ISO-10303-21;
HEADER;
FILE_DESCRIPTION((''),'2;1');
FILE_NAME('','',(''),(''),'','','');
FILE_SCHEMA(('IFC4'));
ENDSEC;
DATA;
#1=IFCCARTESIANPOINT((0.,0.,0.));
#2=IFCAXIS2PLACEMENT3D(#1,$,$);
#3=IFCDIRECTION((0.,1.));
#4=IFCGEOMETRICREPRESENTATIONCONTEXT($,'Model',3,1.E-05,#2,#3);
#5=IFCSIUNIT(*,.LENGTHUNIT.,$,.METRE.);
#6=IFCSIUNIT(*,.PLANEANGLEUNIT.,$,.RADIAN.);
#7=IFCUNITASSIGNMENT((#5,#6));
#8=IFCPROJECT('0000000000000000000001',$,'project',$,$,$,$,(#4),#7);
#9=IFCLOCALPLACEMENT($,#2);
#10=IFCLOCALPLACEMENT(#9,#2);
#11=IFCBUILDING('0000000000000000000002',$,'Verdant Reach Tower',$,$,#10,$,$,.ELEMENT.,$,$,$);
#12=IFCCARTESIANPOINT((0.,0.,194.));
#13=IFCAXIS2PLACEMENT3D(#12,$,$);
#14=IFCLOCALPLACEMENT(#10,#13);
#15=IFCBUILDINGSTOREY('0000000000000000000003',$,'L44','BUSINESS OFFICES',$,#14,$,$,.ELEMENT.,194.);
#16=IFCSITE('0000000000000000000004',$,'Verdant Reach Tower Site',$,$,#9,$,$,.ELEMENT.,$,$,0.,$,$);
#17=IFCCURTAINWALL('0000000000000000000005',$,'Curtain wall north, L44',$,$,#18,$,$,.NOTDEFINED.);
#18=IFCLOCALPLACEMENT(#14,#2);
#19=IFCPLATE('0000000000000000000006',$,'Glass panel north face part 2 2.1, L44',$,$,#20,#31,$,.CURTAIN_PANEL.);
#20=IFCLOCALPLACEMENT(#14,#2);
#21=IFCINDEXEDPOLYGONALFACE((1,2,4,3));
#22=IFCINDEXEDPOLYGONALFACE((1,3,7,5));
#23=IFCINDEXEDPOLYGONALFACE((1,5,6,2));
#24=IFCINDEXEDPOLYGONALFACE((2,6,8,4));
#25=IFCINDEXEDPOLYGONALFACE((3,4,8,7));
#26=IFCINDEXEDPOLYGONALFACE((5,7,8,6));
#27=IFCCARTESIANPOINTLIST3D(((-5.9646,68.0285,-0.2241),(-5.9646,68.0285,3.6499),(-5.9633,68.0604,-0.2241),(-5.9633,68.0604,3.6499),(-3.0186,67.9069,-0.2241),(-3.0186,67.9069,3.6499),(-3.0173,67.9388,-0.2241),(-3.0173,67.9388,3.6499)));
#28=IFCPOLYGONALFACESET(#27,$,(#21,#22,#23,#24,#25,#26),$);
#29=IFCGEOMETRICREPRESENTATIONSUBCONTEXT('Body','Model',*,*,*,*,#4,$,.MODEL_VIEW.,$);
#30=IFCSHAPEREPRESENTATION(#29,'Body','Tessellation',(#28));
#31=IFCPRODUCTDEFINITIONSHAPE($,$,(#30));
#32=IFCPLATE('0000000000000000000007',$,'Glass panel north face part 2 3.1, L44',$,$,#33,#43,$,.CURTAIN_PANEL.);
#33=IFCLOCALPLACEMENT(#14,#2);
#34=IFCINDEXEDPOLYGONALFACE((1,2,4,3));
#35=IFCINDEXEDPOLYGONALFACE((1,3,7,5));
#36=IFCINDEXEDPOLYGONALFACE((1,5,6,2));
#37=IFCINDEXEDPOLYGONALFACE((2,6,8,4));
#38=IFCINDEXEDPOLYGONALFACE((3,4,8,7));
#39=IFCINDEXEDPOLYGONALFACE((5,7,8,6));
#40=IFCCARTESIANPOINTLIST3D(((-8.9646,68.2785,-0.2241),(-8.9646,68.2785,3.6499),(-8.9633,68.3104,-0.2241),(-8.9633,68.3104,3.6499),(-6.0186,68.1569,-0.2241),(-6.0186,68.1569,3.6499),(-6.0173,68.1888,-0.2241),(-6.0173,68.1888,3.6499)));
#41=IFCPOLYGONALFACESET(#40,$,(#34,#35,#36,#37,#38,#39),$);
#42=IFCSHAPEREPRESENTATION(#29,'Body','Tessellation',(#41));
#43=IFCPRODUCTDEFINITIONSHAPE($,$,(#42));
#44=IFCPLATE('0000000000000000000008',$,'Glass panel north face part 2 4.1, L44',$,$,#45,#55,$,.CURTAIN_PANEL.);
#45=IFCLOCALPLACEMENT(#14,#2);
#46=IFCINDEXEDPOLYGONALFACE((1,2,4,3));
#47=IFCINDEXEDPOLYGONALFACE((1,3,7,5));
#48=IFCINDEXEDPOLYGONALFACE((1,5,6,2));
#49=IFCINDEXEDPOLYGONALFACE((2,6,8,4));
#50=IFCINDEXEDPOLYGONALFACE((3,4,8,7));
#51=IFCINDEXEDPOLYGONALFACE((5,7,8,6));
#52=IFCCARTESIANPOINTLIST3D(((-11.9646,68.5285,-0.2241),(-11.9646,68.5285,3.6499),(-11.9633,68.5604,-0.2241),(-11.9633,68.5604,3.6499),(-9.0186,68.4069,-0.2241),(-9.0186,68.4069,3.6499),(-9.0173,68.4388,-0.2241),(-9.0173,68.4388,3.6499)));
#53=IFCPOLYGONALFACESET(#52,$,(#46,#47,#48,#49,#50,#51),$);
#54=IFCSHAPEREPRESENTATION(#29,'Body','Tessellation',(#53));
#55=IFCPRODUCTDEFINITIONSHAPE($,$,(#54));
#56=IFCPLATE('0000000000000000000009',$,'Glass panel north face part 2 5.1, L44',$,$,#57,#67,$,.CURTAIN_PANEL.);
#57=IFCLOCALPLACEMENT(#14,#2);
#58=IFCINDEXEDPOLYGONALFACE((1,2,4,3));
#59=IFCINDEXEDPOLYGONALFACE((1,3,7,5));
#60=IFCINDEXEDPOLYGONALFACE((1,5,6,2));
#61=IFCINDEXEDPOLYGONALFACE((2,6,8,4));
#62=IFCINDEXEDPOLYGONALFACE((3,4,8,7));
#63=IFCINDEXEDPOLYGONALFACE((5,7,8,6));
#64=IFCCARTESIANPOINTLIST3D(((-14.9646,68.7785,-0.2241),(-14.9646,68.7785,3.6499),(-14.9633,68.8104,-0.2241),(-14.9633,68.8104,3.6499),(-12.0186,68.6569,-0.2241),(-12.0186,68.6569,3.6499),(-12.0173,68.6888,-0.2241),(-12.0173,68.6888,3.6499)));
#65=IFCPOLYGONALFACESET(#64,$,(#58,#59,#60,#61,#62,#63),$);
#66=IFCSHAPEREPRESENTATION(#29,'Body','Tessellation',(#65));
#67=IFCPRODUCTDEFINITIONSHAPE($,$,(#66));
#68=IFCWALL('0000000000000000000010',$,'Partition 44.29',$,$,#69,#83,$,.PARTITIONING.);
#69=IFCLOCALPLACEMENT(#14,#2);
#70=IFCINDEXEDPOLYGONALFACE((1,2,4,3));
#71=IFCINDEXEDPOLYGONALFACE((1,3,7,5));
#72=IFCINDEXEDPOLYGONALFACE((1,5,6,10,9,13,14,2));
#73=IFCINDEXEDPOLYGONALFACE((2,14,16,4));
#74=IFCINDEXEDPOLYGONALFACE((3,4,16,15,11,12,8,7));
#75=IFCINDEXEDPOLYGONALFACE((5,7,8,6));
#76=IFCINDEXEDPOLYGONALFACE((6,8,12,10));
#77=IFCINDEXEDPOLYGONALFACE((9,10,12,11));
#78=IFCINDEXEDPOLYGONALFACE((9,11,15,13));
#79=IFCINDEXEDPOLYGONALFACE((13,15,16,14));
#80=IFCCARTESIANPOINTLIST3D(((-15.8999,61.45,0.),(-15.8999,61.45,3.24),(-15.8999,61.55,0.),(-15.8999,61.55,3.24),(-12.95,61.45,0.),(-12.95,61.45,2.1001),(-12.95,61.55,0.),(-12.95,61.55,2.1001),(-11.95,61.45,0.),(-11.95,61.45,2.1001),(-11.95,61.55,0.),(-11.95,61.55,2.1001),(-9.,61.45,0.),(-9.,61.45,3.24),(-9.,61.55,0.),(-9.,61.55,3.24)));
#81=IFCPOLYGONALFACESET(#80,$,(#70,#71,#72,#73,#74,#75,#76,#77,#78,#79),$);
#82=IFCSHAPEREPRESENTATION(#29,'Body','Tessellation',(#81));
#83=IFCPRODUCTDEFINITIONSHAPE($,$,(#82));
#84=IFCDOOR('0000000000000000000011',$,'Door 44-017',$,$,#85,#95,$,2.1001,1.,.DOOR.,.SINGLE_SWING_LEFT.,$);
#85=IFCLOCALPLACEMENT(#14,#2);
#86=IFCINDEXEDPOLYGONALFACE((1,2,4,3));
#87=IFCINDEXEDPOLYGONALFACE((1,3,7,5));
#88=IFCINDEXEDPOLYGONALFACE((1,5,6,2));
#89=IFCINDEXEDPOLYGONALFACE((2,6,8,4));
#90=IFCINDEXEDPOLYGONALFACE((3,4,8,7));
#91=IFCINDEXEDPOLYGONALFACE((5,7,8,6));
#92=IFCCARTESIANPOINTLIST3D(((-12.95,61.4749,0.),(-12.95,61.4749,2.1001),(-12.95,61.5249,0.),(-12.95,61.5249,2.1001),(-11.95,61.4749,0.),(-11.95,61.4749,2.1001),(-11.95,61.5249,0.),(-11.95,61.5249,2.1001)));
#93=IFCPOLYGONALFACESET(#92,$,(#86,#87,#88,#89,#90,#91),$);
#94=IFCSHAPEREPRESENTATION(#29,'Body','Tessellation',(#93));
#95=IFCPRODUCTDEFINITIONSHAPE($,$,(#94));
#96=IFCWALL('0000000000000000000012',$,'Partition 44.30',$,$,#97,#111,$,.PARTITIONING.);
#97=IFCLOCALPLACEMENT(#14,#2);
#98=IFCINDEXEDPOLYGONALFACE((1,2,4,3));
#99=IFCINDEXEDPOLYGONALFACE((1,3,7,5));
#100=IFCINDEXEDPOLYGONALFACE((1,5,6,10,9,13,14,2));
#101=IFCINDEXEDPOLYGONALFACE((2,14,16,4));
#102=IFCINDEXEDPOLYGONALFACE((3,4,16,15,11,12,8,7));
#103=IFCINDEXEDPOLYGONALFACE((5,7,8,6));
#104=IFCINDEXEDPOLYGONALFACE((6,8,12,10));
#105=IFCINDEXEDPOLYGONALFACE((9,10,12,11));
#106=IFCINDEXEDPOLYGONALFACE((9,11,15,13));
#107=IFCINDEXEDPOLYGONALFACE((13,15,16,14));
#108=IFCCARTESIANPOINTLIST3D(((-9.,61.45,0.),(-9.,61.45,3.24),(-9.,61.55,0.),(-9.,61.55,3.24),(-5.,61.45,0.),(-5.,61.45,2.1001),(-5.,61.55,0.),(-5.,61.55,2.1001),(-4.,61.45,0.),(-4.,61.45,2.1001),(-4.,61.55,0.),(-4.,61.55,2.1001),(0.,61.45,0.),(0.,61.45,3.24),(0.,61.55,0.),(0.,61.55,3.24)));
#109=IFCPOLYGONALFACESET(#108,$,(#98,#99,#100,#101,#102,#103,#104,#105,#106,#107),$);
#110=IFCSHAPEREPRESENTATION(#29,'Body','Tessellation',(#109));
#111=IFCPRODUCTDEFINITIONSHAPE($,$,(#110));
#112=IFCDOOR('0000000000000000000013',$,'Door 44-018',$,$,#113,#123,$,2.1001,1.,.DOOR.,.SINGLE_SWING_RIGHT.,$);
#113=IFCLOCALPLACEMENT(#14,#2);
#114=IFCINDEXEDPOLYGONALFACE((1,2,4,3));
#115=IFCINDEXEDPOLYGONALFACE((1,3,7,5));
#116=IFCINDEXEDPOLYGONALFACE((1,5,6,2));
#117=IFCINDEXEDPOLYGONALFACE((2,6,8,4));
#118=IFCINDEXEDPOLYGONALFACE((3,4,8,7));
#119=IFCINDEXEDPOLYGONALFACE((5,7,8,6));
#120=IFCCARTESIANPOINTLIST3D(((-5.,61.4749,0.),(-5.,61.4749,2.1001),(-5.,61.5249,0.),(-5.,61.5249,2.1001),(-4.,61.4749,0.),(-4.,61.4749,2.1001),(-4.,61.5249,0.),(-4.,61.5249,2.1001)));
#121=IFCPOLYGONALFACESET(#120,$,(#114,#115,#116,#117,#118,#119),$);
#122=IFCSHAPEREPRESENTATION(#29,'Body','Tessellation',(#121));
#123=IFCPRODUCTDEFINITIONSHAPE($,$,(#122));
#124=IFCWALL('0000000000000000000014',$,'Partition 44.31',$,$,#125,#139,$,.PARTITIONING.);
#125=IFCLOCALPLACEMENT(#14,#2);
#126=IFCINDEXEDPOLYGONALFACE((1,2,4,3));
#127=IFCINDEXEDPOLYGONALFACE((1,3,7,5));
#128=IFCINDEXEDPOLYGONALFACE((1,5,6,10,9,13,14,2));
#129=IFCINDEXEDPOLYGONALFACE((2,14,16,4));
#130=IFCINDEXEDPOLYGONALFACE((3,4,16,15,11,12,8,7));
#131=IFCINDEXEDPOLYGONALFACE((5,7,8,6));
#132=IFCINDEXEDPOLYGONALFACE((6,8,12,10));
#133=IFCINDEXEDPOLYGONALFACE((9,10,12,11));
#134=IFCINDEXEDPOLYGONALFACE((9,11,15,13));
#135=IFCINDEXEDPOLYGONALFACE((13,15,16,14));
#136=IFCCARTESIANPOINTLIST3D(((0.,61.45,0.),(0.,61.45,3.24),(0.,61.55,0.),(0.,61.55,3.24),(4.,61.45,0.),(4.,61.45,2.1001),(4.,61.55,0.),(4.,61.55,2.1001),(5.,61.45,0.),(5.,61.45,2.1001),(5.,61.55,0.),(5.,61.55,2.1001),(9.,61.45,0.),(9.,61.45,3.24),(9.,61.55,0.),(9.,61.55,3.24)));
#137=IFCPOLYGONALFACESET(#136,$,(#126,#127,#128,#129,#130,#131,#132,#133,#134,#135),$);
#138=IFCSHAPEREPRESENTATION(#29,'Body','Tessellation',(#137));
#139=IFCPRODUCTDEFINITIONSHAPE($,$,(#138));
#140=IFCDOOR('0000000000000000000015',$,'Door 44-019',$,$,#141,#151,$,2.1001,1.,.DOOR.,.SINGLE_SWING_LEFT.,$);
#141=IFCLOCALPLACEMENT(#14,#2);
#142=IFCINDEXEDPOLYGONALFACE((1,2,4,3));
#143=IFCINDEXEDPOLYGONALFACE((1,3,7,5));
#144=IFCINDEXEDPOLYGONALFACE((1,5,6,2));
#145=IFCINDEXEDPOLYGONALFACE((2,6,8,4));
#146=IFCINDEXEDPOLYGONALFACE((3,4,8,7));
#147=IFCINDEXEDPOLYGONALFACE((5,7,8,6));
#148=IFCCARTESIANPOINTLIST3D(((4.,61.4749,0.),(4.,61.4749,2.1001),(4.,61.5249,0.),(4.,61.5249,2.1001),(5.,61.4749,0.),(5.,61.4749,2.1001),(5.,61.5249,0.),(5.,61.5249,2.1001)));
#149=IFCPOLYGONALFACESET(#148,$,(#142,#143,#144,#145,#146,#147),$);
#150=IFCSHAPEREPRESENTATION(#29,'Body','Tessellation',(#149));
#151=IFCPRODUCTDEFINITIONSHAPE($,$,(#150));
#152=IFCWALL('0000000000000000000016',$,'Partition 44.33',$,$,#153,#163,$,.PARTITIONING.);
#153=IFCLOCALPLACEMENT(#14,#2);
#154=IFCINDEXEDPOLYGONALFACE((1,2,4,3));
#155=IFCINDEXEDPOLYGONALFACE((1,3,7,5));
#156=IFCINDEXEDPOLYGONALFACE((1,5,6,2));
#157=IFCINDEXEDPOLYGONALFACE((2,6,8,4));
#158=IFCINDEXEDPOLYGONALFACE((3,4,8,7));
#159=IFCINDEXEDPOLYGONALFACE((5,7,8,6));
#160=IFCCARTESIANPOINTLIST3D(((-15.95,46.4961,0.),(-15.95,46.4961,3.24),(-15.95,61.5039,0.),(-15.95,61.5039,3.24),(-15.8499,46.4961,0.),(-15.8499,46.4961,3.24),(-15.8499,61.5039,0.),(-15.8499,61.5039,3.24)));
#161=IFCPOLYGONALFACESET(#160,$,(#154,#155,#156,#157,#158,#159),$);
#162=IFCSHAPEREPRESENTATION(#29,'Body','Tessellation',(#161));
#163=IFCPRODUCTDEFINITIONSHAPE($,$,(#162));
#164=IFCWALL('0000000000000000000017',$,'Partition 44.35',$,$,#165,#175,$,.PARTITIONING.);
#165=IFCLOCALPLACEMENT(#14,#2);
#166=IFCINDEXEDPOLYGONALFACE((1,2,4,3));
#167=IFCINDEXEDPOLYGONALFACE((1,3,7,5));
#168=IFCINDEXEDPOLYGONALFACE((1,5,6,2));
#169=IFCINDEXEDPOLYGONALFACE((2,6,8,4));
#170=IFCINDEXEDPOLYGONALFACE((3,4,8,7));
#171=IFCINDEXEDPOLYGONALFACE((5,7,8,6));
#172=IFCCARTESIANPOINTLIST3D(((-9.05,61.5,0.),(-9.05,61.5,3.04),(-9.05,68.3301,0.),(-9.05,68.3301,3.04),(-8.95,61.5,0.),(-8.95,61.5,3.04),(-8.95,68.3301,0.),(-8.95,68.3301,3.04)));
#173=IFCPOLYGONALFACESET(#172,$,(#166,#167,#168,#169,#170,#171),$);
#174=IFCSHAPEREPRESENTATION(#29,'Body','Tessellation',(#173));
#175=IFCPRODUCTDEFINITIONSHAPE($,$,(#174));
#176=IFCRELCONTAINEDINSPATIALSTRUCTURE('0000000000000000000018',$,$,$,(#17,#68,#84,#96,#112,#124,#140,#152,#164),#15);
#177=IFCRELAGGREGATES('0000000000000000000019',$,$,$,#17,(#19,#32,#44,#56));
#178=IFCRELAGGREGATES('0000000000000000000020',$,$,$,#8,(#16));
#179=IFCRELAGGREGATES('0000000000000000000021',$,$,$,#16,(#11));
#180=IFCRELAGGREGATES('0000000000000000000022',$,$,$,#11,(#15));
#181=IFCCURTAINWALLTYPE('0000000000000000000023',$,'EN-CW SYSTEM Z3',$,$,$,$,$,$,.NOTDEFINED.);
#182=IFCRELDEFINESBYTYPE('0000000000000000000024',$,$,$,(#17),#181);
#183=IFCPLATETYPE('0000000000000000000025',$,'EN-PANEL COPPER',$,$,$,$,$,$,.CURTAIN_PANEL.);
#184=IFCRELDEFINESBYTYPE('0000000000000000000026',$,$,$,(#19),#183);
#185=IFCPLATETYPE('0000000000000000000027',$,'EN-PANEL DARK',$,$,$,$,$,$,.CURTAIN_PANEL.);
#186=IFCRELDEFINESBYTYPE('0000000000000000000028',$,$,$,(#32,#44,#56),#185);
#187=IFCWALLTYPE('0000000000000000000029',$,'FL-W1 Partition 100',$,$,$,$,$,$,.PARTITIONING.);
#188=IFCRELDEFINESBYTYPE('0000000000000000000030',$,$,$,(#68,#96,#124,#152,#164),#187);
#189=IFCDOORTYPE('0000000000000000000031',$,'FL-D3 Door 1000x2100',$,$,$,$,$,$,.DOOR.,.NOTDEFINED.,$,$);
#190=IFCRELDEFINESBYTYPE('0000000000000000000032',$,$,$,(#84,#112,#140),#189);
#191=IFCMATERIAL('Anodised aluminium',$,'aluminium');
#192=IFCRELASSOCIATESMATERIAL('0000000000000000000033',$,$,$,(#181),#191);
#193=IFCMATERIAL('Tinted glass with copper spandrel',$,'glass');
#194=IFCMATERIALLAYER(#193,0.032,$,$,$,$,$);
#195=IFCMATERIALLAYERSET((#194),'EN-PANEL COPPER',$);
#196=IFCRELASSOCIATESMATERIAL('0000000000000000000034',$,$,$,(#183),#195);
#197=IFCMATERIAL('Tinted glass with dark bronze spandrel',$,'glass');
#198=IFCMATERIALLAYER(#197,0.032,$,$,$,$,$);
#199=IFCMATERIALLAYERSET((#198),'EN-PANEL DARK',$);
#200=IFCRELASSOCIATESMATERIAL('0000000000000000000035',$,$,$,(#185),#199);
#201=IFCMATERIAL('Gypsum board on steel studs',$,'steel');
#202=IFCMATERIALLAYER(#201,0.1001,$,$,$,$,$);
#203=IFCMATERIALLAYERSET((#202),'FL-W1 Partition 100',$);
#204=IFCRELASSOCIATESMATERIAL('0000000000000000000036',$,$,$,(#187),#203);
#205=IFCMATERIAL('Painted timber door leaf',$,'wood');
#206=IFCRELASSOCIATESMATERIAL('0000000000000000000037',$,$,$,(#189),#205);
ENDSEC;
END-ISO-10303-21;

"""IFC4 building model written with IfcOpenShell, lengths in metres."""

from ifc_helpers import new_model, si_unit, direction, frame, frame_2d, origin, origin_2d, place, context, subcontext, project, spatial, rectangle, extrude, material, layer, layer_set, type_object, element, fill, aggregate, save


model = new_model("IFC4")

# Units and contexts
model_context = context("Model", 3, precision=1e-05, world=origin(), true_north=direction((0.0, 1.0)))
body_context = subcontext(model_context, "Body", "Model", "MODEL_VIEW")
ifc_project = project(units=[si_unit("LENGTHUNIT", "METRE"), si_unit("PLANEANGLEUNIT", "RADIAN")], contexts=[model_context])

# Site, building, storey
site_placement = place(None, origin())
site = spatial("IfcSite", under=ifc_project, at=site_placement, Name="Verdant Reach Tower Site", CompositionType="ELEMENT", RefElevation=0.0)
building_placement = place(site_placement, origin())
building = spatial("IfcBuilding", under=site, at=building_placement, Name="Verdant Reach Tower", CompositionType="ELEMENT")
storey_placement = place(building_placement, frame((0.0, 0.0, 194.0)))
storey = spatial("IfcBuildingStorey", under=building, at=storey_placement, Name="L44", Description="BUSINESS OFFICES", CompositionType="ELEMENT", Elevation=194.0)

# Curtain wall
ifc_material_1 = material(Name="Anodised aluminium", Category="aluminium")
curtain_wall_type = type_object("IfcCurtainWallType", Name="EN-CW SYSTEM Z3", PredefinedType="NOTDEFINED", material=ifc_material_1)
curtain_wall_1_placement = place(storey_placement, origin())
curtain_wall_1 = element("IfcCurtainWall", 1, at=curtain_wall_1_placement, inside=storey, type_object=curtain_wall_type, Name="Curtain wall north, L44", PredefinedType="NOTDEFINED")

# Plates
ifc_material_2 = material(Name="Tinted glass with copper spandrel", Category="glass")
ifc_layer_1 = layer(ifc_material_2, 0.032)
ifc_layer_set_1 = layer_set([ifc_layer_1], Name="EN-PANEL COPPER")
plate_type_1 = type_object("IfcPlateType", Name="EN-PANEL COPPER", PredefinedType="CURTAIN_PANEL", material=ifc_layer_set_1)
plate_1_placement = place(storey_placement, frame((-4.491, 67.9836, -0.2241), z_axis=(0.0, 0.0, 1.0), x_axis=(-0.999149, 0.041242, 0.0)))
plate_1 = element("IfcPlate", 2, at=plate_1_placement, type_object=plate_type_1, Name="Glass panel north face part 2 2.1, L44", PredefinedType="CURTAIN_PANEL", context=body_context, shape_type="SweptSolid", body=[
    extrude(rectangle(XDim=2.9485, YDim=0.032, at=origin_2d()), origin(), (0.0, 0.0, 1.0), 3.874),
])
ifc_material_3 = material(Name="Tinted glass with dark bronze spandrel", Category="glass")
ifc_layer_2 = layer(ifc_material_3, 0.032)
ifc_layer_set_2 = layer_set([ifc_layer_2], Name="EN-PANEL DARK")
plate_type_2 = type_object("IfcPlateType", Name="EN-PANEL DARK", PredefinedType="CURTAIN_PANEL", material=ifc_layer_set_2)
plate_2_placement = place(storey_placement, frame((-7.491, 68.2336, -0.2241), z_axis=(0.0, 0.0, 1.0), x_axis=(-0.999149, 0.041242, 0.0)))
plate_2 = element("IfcPlate", 3, at=plate_2_placement, type_object=plate_type_2, Name="Glass panel north face part 2 3.1, L44", PredefinedType="CURTAIN_PANEL", context=body_context, shape_type="SweptSolid", body=[
    extrude(rectangle(XDim=2.9485, YDim=0.032, at=origin_2d()), origin(), (0.0, 0.0, 1.0), 3.874),
])
plate_3_placement = place(storey_placement, frame((-10.491, 68.4836, -0.2241), z_axis=(0.0, 0.0, 1.0), x_axis=(-0.999149, 0.041242, 0.0)))
plate_3 = element("IfcPlate", 4, at=plate_3_placement, type_object=plate_type_2, Name="Glass panel north face part 2 4.1, L44", PredefinedType="CURTAIN_PANEL", context=body_context, shape_type="SweptSolid", body=[
    extrude(rectangle(XDim=2.9485, YDim=0.032, at=origin_2d()), origin(), (0.0, 0.0, 1.0), 3.874),
])
plate_4_placement = place(storey_placement, frame((-13.491, 68.7336, -0.2241), z_axis=(0.0, 0.0, 1.0), x_axis=(-0.999149, 0.041242, 0.0)))
plate_4 = element("IfcPlate", 5, at=plate_4_placement, type_object=plate_type_2, Name="Glass panel north face part 2 5.1, L44", PredefinedType="CURTAIN_PANEL", context=body_context, shape_type="SweptSolid", body=[
    extrude(rectangle(XDim=2.9485, YDim=0.032, at=origin_2d()), origin(), (0.0, 0.0, 1.0), 3.874),
])
aggregate(curtain_wall_1, [plate_1, plate_2, plate_3, plate_4])

# Walls, openings, doors
ifc_material_4 = material(Name="Gypsum board on steel studs", Category="steel")
ifc_layer_3 = layer(ifc_material_4, 0.1001)
ifc_layer_set_3 = layer_set([ifc_layer_3], Name="FL-W1 Partition 100")
wall_type = type_object("IfcWallType", Name="FL-W1 Partition 100", PredefinedType="PARTITIONING", material=ifc_layer_set_3)
wall_1_placement = place(storey_placement, frame((-15.8999, 61.5, 0.0), z_axis=(0.0, 0.0, 1.0), x_axis=(1.0, 0.0, 0.0)))
wall_1 = element("IfcWall", 6, at=wall_1_placement, inside=storey, type_object=wall_type, Name="Partition 44.29", PredefinedType="PARTITIONING", context=body_context, shape_type="SweptSolid", body=[
    extrude(rectangle(XDim=6.8999, YDim=0.1001, at=frame_2d((3.45, 0.0))), origin(), (0.0, 0.0, 1.0), 3.24),
])
opening_1_placement = place(wall_1_placement, frame((2.95, 0.0, 0.0)))
opening_1 = element("IfcOpeningElement", 7, at=opening_1_placement, cuts=wall_1, PredefinedType="OPENING", context=body_context, shape_type="SweptSolid", body=[
    extrude(rectangle(XDim=1.0, YDim=2.1001, at=frame_2d((0.5, 1.05))), frame((0.0, 0.0601, 0.0), z_axis=(0.0, -1.0, 0.0), x_axis=(1.0, 0.0, 0.0)), (0.0, 0.0, 1.0), 0.1201),
])
ifc_material_5 = material(Name="Painted timber door leaf", Category="wood")
door_type = type_object("IfcDoorType", Name="FL-D3 Door 1000x2100", OperationType="NOTDEFINED", PredefinedType="DOOR", material=ifc_material_5)
door_1_placement = place(opening_1_placement, origin())
door_1 = element("IfcDoor", 8, at=door_1_placement, inside=storey, type_object=door_type, Name="Door 44-017", OperationType="SINGLE_SWING_LEFT", OverallHeight=2.1001, OverallWidth=1.0, PredefinedType="DOOR", context=body_context, shape_type="SweptSolid", body=[
    extrude(rectangle(XDim=1.0, YDim=2.1001, at=frame_2d((0.5, 1.05))), frame((0.0, 0.0249, 0.0), z_axis=(0.0, -1.0, 0.0), x_axis=(1.0, 0.0, 0.0)), (0.0, 0.0, 1.0), 0.05),
])
fill(opening_1, door_1)
wall_2_placement = place(storey_placement, frame((-9.0, 61.5, 0.0), z_axis=(0.0, 0.0, 1.0), x_axis=(1.0, 0.0, 0.0)))
wall_2 = element("IfcWall", 9, at=wall_2_placement, inside=storey, type_object=wall_type, Name="Partition 44.30", PredefinedType="PARTITIONING", context=body_context, shape_type="SweptSolid", body=[
    extrude(rectangle(XDim=9.0, YDim=0.1001, at=frame_2d((4.5, 0.0))), origin(), (0.0, 0.0, 1.0), 3.24),
])
opening_2_placement = place(wall_2_placement, frame((4.0, 0.0, 0.0)))
opening_2 = element("IfcOpeningElement", 10, at=opening_2_placement, cuts=wall_2, PredefinedType="OPENING", context=body_context, shape_type="SweptSolid", body=[
    extrude(rectangle(XDim=1.0, YDim=2.1001, at=frame_2d((0.5, 1.05))), frame((0.0, 0.0601, 0.0), z_axis=(0.0, -1.0, 0.0), x_axis=(1.0, 0.0, 0.0)), (0.0, 0.0, 1.0), 0.1201),
])
door_2_placement = place(opening_2_placement, origin())
door_2 = element("IfcDoor", 11, at=door_2_placement, inside=storey, type_object=door_type, Name="Door 44-018", OperationType="SINGLE_SWING_RIGHT", OverallHeight=2.1001, OverallWidth=1.0, PredefinedType="DOOR", context=body_context, shape_type="SweptSolid", body=[
    extrude(rectangle(XDim=1.0, YDim=2.1001, at=frame_2d((0.5, 1.05))), frame((0.0, 0.0249, 0.0), z_axis=(0.0, -1.0, 0.0), x_axis=(1.0, 0.0, 0.0)), (0.0, 0.0, 1.0), 0.05),
])
fill(opening_2, door_2)
wall_3_placement = place(storey_placement, frame((0.0, 61.5, 0.0), z_axis=(0.0, 0.0, 1.0), x_axis=(1.0, 0.0, 0.0)))
wall_3 = element("IfcWall", 12, at=wall_3_placement, inside=storey, type_object=wall_type, Name="Partition 44.31", PredefinedType="PARTITIONING", context=body_context, shape_type="SweptSolid", body=[
    extrude(rectangle(XDim=9.0, YDim=0.1001, at=frame_2d((4.5, 0.0))), origin(), (0.0, 0.0, 1.0), 3.24),
])
opening_3_placement = place(wall_3_placement, frame((4.0, 0.0, 0.0)))
opening_3 = element("IfcOpeningElement", 13, at=opening_3_placement, cuts=wall_3, PredefinedType="OPENING", context=body_context, shape_type="SweptSolid", body=[
    extrude(rectangle(XDim=1.0, YDim=2.1001, at=frame_2d((0.5, 1.05))), frame((0.0, 0.0601, 0.0), z_axis=(0.0, -1.0, 0.0), x_axis=(1.0, 0.0, 0.0)), (0.0, 0.0, 1.0), 0.1201),
])
door_3_placement = place(opening_3_placement, origin())
door_3 = element("IfcDoor", 14, at=door_3_placement, inside=storey, type_object=door_type, Name="Door 44-019", OperationType="SINGLE_SWING_LEFT", OverallHeight=2.1001, OverallWidth=1.0, PredefinedType="DOOR", context=body_context, shape_type="SweptSolid", body=[
    extrude(rectangle(XDim=1.0, YDim=2.1001, at=frame_2d((0.5, 1.05))), frame((0.0, 0.0249, 0.0), z_axis=(0.0, -1.0, 0.0), x_axis=(1.0, 0.0, 0.0)), (0.0, 0.0, 1.0), 0.05),
])
fill(opening_3, door_3)

# Walls
wall_4_placement = place(storey_placement, frame((-15.8999, 61.5039, 0.0), z_axis=(0.0, 0.0, 1.0), x_axis=(0.0, -1.0, 0.0)))
element("IfcWall", 15, at=wall_4_placement, inside=storey, type_object=wall_type, Name="Partition 44.33", PredefinedType="PARTITIONING", context=body_context, shape_type="SweptSolid", body=[
    extrude(rectangle(XDim=15.0078, YDim=0.1001, at=frame_2d((7.5039, 0.0))), origin(), (0.0, 0.0, 1.0), 3.24),
])
wall_5_placement = place(storey_placement, frame((-9.0, 61.5, 0.0), z_axis=(0.0, 0.0, 1.0), x_axis=(0.0, 1.0, 0.0)))
element("IfcWall", 16, at=wall_5_placement, inside=storey, type_object=wall_type, Name="Partition 44.35", PredefinedType="PARTITIONING", context=body_context, shape_type="SweptSolid", body=[
    extrude(rectangle(XDim=6.8301, YDim=0.1001, at=frame_2d((3.415, 0.0))), origin(), (0.0, 0.0, 1.0), 3.04),
])

save(model, "model.ifc")
